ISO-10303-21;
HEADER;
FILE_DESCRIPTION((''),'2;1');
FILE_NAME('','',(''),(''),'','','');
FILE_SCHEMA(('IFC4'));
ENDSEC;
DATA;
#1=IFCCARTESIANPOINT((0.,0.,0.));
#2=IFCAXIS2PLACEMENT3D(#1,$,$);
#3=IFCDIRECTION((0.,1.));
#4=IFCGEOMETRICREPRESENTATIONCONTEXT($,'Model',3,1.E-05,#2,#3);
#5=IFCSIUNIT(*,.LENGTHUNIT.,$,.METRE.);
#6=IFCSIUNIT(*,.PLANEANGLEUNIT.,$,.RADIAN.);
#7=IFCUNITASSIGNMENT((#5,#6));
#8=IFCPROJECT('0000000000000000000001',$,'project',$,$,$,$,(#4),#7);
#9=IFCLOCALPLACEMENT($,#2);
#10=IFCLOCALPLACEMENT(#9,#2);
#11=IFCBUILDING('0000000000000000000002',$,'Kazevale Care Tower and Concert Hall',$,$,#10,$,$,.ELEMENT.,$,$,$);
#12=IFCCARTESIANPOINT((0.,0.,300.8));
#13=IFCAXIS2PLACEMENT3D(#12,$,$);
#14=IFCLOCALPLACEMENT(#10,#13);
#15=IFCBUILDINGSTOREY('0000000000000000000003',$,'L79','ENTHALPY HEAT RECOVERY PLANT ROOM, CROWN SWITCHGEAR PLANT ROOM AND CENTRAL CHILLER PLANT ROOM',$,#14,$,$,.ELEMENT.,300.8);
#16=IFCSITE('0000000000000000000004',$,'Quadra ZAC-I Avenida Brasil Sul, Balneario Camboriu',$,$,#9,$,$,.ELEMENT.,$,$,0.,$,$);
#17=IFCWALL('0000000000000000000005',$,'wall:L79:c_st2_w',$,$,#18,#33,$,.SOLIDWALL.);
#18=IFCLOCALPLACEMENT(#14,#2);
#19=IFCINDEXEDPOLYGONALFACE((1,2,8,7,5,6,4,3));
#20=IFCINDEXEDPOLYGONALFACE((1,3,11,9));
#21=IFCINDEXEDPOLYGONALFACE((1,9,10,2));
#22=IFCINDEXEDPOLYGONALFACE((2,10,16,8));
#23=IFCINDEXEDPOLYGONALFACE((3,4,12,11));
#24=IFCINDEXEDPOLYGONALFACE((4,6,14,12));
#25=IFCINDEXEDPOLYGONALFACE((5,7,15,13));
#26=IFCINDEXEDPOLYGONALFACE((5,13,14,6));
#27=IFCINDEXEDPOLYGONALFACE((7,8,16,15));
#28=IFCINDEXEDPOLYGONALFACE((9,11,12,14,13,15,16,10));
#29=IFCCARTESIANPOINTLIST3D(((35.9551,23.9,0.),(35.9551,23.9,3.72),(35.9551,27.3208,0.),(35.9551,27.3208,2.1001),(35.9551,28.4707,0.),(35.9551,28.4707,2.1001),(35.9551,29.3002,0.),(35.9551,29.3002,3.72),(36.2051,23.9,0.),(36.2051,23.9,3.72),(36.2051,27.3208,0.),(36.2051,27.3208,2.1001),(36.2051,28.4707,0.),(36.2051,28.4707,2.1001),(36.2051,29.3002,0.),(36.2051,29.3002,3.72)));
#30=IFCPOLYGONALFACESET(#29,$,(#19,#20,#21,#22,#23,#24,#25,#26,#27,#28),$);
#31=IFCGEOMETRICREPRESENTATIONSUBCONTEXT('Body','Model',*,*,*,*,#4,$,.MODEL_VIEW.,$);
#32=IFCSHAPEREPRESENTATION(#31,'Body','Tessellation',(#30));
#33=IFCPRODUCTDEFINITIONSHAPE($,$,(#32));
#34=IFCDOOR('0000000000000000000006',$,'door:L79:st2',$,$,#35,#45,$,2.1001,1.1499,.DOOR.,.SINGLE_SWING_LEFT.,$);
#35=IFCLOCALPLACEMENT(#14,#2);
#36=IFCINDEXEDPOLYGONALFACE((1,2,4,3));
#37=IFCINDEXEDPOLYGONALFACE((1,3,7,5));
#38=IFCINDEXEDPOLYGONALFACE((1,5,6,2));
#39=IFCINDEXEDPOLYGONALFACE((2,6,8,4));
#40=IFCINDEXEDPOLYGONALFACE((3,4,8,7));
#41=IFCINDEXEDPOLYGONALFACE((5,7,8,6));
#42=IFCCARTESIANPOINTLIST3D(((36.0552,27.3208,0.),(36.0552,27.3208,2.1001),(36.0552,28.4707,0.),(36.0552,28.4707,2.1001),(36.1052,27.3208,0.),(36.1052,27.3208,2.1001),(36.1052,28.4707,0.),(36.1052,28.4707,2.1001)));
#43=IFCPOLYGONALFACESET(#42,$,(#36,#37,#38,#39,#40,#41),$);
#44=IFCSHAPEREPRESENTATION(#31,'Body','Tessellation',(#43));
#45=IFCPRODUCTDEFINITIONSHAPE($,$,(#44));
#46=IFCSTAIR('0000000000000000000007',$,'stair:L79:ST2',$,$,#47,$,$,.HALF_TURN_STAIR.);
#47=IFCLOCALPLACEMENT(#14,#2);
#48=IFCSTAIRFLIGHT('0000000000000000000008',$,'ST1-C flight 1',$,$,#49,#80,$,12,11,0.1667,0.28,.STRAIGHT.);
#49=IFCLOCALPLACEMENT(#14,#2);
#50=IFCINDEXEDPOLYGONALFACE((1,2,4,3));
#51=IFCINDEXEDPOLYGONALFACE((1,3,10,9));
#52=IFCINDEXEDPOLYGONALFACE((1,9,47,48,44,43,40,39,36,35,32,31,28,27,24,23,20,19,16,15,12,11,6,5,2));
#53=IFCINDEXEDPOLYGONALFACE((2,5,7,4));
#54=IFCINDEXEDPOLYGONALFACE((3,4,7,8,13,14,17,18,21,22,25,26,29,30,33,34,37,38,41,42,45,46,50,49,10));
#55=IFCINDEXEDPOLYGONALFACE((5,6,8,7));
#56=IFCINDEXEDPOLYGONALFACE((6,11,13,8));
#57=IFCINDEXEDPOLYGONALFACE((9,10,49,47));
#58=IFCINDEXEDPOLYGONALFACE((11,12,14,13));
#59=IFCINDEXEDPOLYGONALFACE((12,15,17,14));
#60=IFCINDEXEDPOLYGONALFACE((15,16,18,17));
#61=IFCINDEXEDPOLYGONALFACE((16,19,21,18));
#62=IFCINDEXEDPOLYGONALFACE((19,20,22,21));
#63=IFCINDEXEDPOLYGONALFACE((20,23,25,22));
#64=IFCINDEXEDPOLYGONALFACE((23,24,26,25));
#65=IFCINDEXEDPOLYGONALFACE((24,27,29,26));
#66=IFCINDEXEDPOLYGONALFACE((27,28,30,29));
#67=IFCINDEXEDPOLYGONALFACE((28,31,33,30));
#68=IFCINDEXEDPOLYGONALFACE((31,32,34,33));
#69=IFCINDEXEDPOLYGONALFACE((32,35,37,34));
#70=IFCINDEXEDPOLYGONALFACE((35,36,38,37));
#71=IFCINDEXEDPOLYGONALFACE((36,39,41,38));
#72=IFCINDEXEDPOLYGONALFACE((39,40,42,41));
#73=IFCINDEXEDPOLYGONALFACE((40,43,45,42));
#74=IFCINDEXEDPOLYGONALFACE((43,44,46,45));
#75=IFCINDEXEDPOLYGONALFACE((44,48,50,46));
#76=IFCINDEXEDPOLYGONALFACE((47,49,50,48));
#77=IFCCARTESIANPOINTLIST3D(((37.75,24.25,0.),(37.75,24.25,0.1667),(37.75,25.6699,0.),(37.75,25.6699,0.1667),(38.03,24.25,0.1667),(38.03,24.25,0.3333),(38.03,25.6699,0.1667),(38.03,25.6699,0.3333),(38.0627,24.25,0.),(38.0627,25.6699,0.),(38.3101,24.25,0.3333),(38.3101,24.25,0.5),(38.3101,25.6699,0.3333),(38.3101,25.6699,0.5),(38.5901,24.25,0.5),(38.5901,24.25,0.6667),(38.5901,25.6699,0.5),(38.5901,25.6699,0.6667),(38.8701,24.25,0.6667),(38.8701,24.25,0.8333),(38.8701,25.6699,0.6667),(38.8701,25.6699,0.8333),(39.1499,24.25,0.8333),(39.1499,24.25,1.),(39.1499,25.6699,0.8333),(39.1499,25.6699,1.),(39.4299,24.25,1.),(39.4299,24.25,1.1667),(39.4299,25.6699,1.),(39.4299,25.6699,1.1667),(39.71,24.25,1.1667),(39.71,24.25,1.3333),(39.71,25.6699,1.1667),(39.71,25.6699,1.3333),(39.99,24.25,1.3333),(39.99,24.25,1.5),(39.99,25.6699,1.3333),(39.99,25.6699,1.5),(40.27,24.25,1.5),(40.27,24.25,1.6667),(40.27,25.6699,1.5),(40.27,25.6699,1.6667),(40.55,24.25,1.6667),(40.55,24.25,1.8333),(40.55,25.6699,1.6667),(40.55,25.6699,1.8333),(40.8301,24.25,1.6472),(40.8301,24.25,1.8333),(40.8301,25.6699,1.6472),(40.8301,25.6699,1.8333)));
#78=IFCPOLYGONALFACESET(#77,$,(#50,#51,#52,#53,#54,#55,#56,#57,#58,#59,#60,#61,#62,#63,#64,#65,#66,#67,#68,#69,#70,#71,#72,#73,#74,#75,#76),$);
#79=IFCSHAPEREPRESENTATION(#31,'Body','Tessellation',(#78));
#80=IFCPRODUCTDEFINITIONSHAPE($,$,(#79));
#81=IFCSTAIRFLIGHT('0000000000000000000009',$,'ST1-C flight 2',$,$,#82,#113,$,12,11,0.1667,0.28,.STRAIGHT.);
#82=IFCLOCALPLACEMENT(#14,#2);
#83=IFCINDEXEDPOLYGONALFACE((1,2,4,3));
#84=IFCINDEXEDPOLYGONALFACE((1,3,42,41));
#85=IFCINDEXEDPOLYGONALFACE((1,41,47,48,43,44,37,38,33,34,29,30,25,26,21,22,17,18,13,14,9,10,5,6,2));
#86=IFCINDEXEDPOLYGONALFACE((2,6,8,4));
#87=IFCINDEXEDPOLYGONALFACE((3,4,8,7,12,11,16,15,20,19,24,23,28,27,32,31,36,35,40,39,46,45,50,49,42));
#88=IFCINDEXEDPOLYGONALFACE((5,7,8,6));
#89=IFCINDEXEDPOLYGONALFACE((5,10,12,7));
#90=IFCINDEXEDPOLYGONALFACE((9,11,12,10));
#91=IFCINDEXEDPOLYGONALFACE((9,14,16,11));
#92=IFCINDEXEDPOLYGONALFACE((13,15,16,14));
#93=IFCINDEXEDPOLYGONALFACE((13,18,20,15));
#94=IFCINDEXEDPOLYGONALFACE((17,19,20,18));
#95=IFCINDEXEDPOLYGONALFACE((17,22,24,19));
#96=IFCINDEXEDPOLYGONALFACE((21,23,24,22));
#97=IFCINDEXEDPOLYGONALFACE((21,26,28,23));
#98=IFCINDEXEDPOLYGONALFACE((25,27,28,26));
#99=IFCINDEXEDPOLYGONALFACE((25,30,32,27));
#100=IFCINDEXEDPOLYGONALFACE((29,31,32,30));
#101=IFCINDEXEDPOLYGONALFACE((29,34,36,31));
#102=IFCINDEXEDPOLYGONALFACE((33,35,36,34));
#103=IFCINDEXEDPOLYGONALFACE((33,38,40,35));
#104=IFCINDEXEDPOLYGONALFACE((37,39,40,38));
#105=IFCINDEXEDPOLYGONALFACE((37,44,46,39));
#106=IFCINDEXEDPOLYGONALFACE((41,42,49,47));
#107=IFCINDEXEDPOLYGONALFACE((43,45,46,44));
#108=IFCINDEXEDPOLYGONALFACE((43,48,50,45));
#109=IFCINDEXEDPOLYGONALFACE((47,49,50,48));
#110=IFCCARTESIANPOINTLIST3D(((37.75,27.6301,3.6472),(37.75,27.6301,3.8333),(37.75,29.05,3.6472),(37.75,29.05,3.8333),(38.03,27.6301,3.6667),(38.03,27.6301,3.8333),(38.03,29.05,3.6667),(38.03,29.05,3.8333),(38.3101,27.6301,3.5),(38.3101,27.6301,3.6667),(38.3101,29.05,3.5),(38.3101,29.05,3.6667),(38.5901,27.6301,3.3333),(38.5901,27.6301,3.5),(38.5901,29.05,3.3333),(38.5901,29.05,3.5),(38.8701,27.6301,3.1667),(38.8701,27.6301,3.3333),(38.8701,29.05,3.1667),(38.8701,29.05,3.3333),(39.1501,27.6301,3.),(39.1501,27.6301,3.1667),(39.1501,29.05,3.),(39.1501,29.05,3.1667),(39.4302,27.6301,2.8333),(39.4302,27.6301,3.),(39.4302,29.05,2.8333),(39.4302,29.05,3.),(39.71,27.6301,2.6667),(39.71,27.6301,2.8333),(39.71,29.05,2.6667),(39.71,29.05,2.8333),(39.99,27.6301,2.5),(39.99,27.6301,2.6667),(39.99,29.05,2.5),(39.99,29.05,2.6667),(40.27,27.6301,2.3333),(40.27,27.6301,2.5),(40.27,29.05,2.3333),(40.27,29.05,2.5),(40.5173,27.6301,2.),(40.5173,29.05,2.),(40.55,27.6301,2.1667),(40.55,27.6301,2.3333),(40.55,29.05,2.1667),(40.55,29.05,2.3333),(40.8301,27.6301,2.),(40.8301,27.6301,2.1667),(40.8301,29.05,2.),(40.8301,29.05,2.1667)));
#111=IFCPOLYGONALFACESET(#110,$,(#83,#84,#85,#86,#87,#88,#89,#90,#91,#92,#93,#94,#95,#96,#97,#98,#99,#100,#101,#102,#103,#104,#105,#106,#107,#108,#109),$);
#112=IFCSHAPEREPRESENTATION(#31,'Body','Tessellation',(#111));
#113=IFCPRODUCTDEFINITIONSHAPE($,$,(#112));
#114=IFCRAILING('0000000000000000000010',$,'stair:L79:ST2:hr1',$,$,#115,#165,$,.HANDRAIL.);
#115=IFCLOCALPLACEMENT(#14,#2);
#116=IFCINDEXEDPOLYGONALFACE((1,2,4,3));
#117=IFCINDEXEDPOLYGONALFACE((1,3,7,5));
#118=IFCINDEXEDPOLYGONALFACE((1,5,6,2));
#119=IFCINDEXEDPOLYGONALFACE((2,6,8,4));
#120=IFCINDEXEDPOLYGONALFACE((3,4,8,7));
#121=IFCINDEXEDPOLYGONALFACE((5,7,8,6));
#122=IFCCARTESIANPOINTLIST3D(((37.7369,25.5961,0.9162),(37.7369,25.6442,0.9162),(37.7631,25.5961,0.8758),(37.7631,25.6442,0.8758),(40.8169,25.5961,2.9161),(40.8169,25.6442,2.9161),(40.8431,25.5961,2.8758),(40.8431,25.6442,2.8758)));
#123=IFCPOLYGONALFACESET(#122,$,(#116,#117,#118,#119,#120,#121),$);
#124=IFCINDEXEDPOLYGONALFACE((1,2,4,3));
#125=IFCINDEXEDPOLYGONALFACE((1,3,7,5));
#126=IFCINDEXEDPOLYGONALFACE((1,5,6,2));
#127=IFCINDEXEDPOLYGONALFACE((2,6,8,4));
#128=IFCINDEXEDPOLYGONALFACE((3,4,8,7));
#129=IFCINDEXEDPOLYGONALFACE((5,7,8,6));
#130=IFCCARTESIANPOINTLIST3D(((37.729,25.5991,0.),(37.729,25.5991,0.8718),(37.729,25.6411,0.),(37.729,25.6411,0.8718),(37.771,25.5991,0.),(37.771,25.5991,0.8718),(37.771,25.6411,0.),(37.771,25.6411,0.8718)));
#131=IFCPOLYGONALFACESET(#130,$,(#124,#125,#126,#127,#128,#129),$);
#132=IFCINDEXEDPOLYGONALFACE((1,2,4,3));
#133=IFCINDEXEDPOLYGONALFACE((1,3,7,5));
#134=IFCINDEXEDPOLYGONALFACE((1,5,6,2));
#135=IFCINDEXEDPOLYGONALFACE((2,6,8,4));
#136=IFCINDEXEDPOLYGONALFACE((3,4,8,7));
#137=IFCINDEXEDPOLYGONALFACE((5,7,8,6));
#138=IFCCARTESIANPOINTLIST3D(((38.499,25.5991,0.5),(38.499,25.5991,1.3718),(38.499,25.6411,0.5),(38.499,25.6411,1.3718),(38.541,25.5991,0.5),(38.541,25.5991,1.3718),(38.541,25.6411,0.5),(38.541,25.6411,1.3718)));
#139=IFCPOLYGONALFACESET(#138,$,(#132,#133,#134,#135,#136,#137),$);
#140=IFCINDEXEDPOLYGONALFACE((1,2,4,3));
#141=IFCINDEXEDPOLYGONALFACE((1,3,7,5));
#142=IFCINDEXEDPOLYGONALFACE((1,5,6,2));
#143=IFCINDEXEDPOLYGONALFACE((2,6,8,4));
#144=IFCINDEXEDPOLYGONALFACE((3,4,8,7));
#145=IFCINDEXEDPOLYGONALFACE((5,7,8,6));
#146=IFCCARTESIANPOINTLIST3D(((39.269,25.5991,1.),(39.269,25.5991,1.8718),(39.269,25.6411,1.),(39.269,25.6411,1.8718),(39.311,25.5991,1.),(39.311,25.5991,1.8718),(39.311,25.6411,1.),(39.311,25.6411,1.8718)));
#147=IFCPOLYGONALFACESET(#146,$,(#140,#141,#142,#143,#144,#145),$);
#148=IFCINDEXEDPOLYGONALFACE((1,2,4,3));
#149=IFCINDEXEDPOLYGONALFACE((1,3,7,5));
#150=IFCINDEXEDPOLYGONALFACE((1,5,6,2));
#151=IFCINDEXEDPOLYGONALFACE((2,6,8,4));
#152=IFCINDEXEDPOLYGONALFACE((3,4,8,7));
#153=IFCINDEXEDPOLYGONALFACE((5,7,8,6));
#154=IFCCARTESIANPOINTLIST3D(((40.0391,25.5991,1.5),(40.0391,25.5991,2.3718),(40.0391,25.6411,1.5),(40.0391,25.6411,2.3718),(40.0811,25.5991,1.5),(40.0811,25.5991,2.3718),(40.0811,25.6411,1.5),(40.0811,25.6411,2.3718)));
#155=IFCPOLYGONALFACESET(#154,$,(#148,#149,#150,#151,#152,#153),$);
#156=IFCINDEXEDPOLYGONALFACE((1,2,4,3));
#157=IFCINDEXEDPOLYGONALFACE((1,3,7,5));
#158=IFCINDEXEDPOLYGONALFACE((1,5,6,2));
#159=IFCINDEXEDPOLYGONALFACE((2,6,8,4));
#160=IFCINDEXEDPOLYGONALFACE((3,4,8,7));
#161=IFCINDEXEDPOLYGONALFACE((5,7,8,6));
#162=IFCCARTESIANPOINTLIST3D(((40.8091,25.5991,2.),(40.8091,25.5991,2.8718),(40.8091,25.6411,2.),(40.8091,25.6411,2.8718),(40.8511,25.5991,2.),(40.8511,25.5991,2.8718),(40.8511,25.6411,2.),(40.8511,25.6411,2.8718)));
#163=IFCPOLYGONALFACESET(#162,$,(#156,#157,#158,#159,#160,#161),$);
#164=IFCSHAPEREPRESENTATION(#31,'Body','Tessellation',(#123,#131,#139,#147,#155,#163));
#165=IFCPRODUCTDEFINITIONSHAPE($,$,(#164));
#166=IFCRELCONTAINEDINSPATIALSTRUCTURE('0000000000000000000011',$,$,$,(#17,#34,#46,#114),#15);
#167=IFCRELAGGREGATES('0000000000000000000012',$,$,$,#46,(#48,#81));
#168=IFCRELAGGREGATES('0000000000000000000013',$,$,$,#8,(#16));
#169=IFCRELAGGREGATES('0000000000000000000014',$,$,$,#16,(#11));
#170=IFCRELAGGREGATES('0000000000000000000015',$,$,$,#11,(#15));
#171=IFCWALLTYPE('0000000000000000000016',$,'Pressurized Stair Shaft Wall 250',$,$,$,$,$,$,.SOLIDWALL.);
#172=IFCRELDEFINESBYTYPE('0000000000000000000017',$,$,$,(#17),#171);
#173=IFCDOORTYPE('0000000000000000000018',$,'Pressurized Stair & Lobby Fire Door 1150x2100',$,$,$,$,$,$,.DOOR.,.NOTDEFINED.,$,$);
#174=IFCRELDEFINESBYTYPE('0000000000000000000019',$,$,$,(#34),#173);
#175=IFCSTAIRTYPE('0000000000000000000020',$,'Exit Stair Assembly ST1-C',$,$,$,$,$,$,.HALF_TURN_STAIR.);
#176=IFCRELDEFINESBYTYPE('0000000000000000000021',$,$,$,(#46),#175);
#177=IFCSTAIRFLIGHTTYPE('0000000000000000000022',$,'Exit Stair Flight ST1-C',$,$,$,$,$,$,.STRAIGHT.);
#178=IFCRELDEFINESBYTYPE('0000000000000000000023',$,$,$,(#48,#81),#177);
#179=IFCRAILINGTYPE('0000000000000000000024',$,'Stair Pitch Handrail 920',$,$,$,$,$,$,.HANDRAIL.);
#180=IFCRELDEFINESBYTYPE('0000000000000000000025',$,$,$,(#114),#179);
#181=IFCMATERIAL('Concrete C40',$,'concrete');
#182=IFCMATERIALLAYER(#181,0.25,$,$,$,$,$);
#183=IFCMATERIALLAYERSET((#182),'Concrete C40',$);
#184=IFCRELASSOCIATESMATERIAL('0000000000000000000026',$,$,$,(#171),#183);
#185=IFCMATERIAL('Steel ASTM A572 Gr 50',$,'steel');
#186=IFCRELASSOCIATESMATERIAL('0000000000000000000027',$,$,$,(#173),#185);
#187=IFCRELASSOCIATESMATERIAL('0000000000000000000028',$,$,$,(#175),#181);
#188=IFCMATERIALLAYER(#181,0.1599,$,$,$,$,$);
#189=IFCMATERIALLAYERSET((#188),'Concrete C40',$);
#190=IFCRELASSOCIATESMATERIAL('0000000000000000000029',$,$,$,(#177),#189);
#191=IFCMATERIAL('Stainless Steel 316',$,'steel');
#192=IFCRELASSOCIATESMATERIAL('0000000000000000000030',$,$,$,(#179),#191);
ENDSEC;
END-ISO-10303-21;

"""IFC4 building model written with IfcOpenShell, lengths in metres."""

from ifc_helpers import new_model, si_unit, direction, frame, frame_2d, origin, origin_2d, place, context, subcontext, project, spatial, polyline, rectangle, outline, extrude, material, layer, layer_set, type_object, element, fill, aggregate, save


model = new_model("IFC4")

# Units and contexts
model_context = context("Model", 3, precision=1e-05, world=origin(), true_north=direction((0.0, 1.0)))
body_context = subcontext(model_context, "Body", "Model", "MODEL_VIEW")
ifc_project = project(units=[si_unit("LENGTHUNIT", "METRE"), si_unit("PLANEANGLEUNIT", "RADIAN")], contexts=[model_context])

# Site, building, storey
site_placement = place(None, origin())
site = spatial("IfcSite", under=ifc_project, at=site_placement, Name="Quadra ZAC-I Avenida Brasil Sul, Balneario Camboriu", CompositionType="ELEMENT", RefElevation=0.0)
building_placement = place(site_placement, origin())
building = spatial("IfcBuilding", under=site, at=building_placement, Name="Kazevale Care Tower and Concert Hall", CompositionType="ELEMENT")
storey_placement = place(building_placement, frame((0.0, 0.0, 300.8)))
storey = spatial("IfcBuildingStorey", under=building, at=storey_placement, Name="L79", Description="ENTHALPY HEAT RECOVERY PLANT ROOM, CROWN SWITCHGEAR PLANT ROOM AND CENTRAL CHILLER PLANT ROOM", CompositionType="ELEMENT", Elevation=300.8)

# Shared definitions
ifc_material_1 = material(Name="Steel ASTM A572 Gr 50", Category="steel")

# Wall, opening, door
ifc_material_2 = material(Name="Concrete C40", Category="concrete")
ifc_layer_1 = layer(ifc_material_2, 0.25)
ifc_layer_set_1 = layer_set([ifc_layer_1], Name="Concrete C40")
wall_type_1 = type_object("IfcWallType", Name="Pressurized Stair Shaft Wall 250", PredefinedType="SOLIDWALL", material=ifc_layer_set_1)
wall_1_placement = place(storey_placement, frame((36.0801, 23.8999, 0.0), z_axis=(0.0, 0.0, 1.0), x_axis=(0.0, 1.0, 0.0)))
wall_1 = element("IfcWall", 1, at=wall_1_placement, inside=storey, type_object=wall_type_1, Name="wall:L79:c_st2_w", PredefinedType="SOLIDWALL", context=body_context, shape_type="SweptSolid", body=[
    extrude(rectangle(XDim=5.4001, YDim=0.25, at=frame_2d((2.7002, 0.0))), origin(), (0.0, 0.0, 1.0), 3.72),
])
opening_1_placement = place(wall_1_placement, frame((3.4209, 0.0, 0.0)))
opening_1 = element("IfcOpeningElement", 2, at=opening_1_placement, cuts=wall_1, PredefinedType="OPENING", context=body_context, shape_type="SweptSolid", body=[
    extrude(rectangle(XDim=1.1499, YDim=2.1001, at=frame_2d((0.575, 1.05))), frame((0.0, 0.135, 0.0), z_axis=(0.0, -1.0, 0.0), x_axis=(1.0, 0.0, 0.0)), (0.0, 0.0, 1.0), 0.27),
])
door_type_1 = type_object("IfcDoorType", Name="Pressurized Stair & Lobby Fire Door 1150x2100", OperationType="NOTDEFINED", PredefinedType="DOOR", material=ifc_material_1)
door_1_placement = place(opening_1_placement, origin())
door_1 = element("IfcDoor", 3, at=door_1_placement, inside=storey, type_object=door_type_1, Name="door:L79:st2", OperationType="SINGLE_SWING_LEFT", OverallHeight=2.1001, OverallWidth=1.1499, PredefinedType="DOOR", context=body_context, shape_type="SweptSolid", body=[
    extrude(rectangle(XDim=1.1499, YDim=2.1001, at=frame_2d((0.575, 1.05))), frame((0.0, 0.0249, 0.0), z_axis=(0.0, -1.0, 0.0), x_axis=(1.0, 0.0, 0.0)), (0.0, 0.0, 1.0), 0.05),
])
fill(opening_1, door_1)

# Stair, stair flights
stair_type = type_object("IfcStairType", Name="Exit Stair Assembly ST1-C", PredefinedType="HALF_TURN_STAIR", material=ifc_material_2)
stair_placement = place(storey_placement, origin())
stair = element("IfcStair", 4, at=stair_placement, inside=storey, type_object=stair_type, Name="stair:L79:ST2", PredefinedType="HALF_TURN_STAIR")
ifc_layer_2 = layer(ifc_material_2, 0.1599)
ifc_layer_set_2 = layer_set([ifc_layer_2], Name="Concrete C40")
stair_flight_type = type_object("IfcStairFlightType", Name="Exit Stair Flight ST1-C", PredefinedType="STRAIGHT", material=ifc_layer_set_2)
stair_flight_1_placement = place(storey_placement, frame((37.75, 24.96, 0.0), z_axis=(0.0, 0.0, 1.0), x_axis=(1.0, 0.0, 0.0)))
stair_flight_1 = element("IfcStairFlight", 5, at=stair_flight_1_placement, type_object=stair_flight_type, Name="ST1-C flight 1", NumberOfRisers=12, NumberOfTreads=11, PredefinedType="STRAIGHT", RiserHeight=0.1667, TreadLength=0.28, context=body_context, shape_type="SweptSolid", body=[
    extrude(outline(polyline([(0.0, 0.0), (0.0, 0.1667), (0.28, 0.1667), (0.28, 0.3333), (0.5601, 0.3333), (0.5601, 0.5), (0.8401, 0.5), (0.8401, 0.6667), (1.1201, 0.6667), (1.1201, 0.8333), (1.3999, 0.8333), (1.3999, 1.0), (1.6799, 1.0), (1.6799, 1.1667), (1.96, 1.1667), (1.96, 1.3333), (2.24, 1.3333), (2.24, 1.5), (2.52, 1.5), (2.52, 1.6667), (2.8, 1.6667), (2.8, 1.8333), (3.0801, 1.8333), (3.0801, 2.0), (3.0801, 1.6472), (0.3127, 0.0), (0.0, 0.0)])), frame((0.0, 0.71, 0.0), z_axis=(0.0, -1.0, 0.0), x_axis=(1.0, 0.0, 0.0)), (0.0, 0.0, 1.0), 1.4199),
])
stair_flight_2_placement = place(storey_placement, frame((40.8301, 28.3401, 2.0), z_axis=(0.0, 0.0, 1.0), x_axis=(-1.0, 0.0, 0.0)))
stair_flight_2 = element("IfcStairFlight", 6, at=stair_flight_2_placement, type_object=stair_flight_type, Name="ST1-C flight 2", NumberOfRisers=12, NumberOfTreads=11, PredefinedType="STRAIGHT", RiserHeight=0.1667, TreadLength=0.28, context=body_context, shape_type="SweptSolid", body=[
    extrude(outline(polyline([(0.0, 0.0), (0.0, 0.1667), (0.28, 0.1667), (0.28, 0.3333), (0.5601, 0.3333), (0.5601, 0.5), (0.8401, 0.5), (0.8401, 0.6667), (1.1201, 0.6667), (1.1201, 0.8333), (1.3999, 0.8333), (1.3999, 1.0), (1.6799, 1.0), (1.6799, 1.1667), (1.96, 1.1667), (1.96, 1.3333), (2.24, 1.3333), (2.24, 1.5), (2.52, 1.5), (2.52, 1.6667), (2.8, 1.6667), (2.8, 1.8333), (3.0801, 1.8333), (3.0801, 2.0), (3.0801, 1.6472), (0.3127, 0.0), (0.0, 0.0)])), frame((0.0, 0.71, 0.0), z_axis=(0.0, -1.0, 0.0), x_axis=(1.0, 0.0, 0.0)), (0.0, 0.0, 1.0), 1.4199),
])
aggregate(stair, [stair_flight_1, stair_flight_2])

# Railing
ifc_material_3 = material(Name="Stainless Steel 316", Category="steel")
railing_type_1 = type_object("IfcRailingType", Name="Stair Pitch Handrail 920", PredefinedType="HANDRAIL", material=ifc_material_3)
railing_1_placement = place(storey_placement, frame((37.75, 25.6201, 0.0)))
element("IfcRailing", 7, at=railing_1_placement, inside=storey, type_object=railing_type_1, Name="stair:L79:ST2:hr1", PredefinedType="HANDRAIL", context=body_context, shape_type="SweptSolid", body=[
    extrude(rectangle(XDim=0.0481, YDim=0.0481, at=origin_2d()), frame((0.0, 0.0, 0.896), z_axis=(0.838699, 0.0, 0.544596), x_axis=(0.0, 1.0, 0.0)), (0.0, 0.0, 1.0), 3.6724),
    extrude(rectangle(XDim=0.042, YDim=0.042, at=origin_2d()), origin(), (0.0, 0.0, 1.0), 0.8718),
    extrude(rectangle(XDim=0.042, YDim=0.042, at=origin_2d()), frame((0.77, 0.0, 0.5)), (0.0, 0.0, 1.0), 0.8718),
    extrude(rectangle(XDim=0.042, YDim=0.042, at=origin_2d()), frame((1.54, 0.0, 1.0)), (0.0, 0.0, 1.0), 0.8718),
    extrude(rectangle(XDim=0.042, YDim=0.042, at=origin_2d()), frame((2.3101, 0.0, 1.5)), (0.0, 0.0, 1.0), 0.8718),
    extrude(rectangle(XDim=0.042, YDim=0.042, at=origin_2d()), frame((3.0801, 0.0, 2.0)), (0.0, 0.0, 1.0), 0.8718),
])

save(model, "model.ifc")
